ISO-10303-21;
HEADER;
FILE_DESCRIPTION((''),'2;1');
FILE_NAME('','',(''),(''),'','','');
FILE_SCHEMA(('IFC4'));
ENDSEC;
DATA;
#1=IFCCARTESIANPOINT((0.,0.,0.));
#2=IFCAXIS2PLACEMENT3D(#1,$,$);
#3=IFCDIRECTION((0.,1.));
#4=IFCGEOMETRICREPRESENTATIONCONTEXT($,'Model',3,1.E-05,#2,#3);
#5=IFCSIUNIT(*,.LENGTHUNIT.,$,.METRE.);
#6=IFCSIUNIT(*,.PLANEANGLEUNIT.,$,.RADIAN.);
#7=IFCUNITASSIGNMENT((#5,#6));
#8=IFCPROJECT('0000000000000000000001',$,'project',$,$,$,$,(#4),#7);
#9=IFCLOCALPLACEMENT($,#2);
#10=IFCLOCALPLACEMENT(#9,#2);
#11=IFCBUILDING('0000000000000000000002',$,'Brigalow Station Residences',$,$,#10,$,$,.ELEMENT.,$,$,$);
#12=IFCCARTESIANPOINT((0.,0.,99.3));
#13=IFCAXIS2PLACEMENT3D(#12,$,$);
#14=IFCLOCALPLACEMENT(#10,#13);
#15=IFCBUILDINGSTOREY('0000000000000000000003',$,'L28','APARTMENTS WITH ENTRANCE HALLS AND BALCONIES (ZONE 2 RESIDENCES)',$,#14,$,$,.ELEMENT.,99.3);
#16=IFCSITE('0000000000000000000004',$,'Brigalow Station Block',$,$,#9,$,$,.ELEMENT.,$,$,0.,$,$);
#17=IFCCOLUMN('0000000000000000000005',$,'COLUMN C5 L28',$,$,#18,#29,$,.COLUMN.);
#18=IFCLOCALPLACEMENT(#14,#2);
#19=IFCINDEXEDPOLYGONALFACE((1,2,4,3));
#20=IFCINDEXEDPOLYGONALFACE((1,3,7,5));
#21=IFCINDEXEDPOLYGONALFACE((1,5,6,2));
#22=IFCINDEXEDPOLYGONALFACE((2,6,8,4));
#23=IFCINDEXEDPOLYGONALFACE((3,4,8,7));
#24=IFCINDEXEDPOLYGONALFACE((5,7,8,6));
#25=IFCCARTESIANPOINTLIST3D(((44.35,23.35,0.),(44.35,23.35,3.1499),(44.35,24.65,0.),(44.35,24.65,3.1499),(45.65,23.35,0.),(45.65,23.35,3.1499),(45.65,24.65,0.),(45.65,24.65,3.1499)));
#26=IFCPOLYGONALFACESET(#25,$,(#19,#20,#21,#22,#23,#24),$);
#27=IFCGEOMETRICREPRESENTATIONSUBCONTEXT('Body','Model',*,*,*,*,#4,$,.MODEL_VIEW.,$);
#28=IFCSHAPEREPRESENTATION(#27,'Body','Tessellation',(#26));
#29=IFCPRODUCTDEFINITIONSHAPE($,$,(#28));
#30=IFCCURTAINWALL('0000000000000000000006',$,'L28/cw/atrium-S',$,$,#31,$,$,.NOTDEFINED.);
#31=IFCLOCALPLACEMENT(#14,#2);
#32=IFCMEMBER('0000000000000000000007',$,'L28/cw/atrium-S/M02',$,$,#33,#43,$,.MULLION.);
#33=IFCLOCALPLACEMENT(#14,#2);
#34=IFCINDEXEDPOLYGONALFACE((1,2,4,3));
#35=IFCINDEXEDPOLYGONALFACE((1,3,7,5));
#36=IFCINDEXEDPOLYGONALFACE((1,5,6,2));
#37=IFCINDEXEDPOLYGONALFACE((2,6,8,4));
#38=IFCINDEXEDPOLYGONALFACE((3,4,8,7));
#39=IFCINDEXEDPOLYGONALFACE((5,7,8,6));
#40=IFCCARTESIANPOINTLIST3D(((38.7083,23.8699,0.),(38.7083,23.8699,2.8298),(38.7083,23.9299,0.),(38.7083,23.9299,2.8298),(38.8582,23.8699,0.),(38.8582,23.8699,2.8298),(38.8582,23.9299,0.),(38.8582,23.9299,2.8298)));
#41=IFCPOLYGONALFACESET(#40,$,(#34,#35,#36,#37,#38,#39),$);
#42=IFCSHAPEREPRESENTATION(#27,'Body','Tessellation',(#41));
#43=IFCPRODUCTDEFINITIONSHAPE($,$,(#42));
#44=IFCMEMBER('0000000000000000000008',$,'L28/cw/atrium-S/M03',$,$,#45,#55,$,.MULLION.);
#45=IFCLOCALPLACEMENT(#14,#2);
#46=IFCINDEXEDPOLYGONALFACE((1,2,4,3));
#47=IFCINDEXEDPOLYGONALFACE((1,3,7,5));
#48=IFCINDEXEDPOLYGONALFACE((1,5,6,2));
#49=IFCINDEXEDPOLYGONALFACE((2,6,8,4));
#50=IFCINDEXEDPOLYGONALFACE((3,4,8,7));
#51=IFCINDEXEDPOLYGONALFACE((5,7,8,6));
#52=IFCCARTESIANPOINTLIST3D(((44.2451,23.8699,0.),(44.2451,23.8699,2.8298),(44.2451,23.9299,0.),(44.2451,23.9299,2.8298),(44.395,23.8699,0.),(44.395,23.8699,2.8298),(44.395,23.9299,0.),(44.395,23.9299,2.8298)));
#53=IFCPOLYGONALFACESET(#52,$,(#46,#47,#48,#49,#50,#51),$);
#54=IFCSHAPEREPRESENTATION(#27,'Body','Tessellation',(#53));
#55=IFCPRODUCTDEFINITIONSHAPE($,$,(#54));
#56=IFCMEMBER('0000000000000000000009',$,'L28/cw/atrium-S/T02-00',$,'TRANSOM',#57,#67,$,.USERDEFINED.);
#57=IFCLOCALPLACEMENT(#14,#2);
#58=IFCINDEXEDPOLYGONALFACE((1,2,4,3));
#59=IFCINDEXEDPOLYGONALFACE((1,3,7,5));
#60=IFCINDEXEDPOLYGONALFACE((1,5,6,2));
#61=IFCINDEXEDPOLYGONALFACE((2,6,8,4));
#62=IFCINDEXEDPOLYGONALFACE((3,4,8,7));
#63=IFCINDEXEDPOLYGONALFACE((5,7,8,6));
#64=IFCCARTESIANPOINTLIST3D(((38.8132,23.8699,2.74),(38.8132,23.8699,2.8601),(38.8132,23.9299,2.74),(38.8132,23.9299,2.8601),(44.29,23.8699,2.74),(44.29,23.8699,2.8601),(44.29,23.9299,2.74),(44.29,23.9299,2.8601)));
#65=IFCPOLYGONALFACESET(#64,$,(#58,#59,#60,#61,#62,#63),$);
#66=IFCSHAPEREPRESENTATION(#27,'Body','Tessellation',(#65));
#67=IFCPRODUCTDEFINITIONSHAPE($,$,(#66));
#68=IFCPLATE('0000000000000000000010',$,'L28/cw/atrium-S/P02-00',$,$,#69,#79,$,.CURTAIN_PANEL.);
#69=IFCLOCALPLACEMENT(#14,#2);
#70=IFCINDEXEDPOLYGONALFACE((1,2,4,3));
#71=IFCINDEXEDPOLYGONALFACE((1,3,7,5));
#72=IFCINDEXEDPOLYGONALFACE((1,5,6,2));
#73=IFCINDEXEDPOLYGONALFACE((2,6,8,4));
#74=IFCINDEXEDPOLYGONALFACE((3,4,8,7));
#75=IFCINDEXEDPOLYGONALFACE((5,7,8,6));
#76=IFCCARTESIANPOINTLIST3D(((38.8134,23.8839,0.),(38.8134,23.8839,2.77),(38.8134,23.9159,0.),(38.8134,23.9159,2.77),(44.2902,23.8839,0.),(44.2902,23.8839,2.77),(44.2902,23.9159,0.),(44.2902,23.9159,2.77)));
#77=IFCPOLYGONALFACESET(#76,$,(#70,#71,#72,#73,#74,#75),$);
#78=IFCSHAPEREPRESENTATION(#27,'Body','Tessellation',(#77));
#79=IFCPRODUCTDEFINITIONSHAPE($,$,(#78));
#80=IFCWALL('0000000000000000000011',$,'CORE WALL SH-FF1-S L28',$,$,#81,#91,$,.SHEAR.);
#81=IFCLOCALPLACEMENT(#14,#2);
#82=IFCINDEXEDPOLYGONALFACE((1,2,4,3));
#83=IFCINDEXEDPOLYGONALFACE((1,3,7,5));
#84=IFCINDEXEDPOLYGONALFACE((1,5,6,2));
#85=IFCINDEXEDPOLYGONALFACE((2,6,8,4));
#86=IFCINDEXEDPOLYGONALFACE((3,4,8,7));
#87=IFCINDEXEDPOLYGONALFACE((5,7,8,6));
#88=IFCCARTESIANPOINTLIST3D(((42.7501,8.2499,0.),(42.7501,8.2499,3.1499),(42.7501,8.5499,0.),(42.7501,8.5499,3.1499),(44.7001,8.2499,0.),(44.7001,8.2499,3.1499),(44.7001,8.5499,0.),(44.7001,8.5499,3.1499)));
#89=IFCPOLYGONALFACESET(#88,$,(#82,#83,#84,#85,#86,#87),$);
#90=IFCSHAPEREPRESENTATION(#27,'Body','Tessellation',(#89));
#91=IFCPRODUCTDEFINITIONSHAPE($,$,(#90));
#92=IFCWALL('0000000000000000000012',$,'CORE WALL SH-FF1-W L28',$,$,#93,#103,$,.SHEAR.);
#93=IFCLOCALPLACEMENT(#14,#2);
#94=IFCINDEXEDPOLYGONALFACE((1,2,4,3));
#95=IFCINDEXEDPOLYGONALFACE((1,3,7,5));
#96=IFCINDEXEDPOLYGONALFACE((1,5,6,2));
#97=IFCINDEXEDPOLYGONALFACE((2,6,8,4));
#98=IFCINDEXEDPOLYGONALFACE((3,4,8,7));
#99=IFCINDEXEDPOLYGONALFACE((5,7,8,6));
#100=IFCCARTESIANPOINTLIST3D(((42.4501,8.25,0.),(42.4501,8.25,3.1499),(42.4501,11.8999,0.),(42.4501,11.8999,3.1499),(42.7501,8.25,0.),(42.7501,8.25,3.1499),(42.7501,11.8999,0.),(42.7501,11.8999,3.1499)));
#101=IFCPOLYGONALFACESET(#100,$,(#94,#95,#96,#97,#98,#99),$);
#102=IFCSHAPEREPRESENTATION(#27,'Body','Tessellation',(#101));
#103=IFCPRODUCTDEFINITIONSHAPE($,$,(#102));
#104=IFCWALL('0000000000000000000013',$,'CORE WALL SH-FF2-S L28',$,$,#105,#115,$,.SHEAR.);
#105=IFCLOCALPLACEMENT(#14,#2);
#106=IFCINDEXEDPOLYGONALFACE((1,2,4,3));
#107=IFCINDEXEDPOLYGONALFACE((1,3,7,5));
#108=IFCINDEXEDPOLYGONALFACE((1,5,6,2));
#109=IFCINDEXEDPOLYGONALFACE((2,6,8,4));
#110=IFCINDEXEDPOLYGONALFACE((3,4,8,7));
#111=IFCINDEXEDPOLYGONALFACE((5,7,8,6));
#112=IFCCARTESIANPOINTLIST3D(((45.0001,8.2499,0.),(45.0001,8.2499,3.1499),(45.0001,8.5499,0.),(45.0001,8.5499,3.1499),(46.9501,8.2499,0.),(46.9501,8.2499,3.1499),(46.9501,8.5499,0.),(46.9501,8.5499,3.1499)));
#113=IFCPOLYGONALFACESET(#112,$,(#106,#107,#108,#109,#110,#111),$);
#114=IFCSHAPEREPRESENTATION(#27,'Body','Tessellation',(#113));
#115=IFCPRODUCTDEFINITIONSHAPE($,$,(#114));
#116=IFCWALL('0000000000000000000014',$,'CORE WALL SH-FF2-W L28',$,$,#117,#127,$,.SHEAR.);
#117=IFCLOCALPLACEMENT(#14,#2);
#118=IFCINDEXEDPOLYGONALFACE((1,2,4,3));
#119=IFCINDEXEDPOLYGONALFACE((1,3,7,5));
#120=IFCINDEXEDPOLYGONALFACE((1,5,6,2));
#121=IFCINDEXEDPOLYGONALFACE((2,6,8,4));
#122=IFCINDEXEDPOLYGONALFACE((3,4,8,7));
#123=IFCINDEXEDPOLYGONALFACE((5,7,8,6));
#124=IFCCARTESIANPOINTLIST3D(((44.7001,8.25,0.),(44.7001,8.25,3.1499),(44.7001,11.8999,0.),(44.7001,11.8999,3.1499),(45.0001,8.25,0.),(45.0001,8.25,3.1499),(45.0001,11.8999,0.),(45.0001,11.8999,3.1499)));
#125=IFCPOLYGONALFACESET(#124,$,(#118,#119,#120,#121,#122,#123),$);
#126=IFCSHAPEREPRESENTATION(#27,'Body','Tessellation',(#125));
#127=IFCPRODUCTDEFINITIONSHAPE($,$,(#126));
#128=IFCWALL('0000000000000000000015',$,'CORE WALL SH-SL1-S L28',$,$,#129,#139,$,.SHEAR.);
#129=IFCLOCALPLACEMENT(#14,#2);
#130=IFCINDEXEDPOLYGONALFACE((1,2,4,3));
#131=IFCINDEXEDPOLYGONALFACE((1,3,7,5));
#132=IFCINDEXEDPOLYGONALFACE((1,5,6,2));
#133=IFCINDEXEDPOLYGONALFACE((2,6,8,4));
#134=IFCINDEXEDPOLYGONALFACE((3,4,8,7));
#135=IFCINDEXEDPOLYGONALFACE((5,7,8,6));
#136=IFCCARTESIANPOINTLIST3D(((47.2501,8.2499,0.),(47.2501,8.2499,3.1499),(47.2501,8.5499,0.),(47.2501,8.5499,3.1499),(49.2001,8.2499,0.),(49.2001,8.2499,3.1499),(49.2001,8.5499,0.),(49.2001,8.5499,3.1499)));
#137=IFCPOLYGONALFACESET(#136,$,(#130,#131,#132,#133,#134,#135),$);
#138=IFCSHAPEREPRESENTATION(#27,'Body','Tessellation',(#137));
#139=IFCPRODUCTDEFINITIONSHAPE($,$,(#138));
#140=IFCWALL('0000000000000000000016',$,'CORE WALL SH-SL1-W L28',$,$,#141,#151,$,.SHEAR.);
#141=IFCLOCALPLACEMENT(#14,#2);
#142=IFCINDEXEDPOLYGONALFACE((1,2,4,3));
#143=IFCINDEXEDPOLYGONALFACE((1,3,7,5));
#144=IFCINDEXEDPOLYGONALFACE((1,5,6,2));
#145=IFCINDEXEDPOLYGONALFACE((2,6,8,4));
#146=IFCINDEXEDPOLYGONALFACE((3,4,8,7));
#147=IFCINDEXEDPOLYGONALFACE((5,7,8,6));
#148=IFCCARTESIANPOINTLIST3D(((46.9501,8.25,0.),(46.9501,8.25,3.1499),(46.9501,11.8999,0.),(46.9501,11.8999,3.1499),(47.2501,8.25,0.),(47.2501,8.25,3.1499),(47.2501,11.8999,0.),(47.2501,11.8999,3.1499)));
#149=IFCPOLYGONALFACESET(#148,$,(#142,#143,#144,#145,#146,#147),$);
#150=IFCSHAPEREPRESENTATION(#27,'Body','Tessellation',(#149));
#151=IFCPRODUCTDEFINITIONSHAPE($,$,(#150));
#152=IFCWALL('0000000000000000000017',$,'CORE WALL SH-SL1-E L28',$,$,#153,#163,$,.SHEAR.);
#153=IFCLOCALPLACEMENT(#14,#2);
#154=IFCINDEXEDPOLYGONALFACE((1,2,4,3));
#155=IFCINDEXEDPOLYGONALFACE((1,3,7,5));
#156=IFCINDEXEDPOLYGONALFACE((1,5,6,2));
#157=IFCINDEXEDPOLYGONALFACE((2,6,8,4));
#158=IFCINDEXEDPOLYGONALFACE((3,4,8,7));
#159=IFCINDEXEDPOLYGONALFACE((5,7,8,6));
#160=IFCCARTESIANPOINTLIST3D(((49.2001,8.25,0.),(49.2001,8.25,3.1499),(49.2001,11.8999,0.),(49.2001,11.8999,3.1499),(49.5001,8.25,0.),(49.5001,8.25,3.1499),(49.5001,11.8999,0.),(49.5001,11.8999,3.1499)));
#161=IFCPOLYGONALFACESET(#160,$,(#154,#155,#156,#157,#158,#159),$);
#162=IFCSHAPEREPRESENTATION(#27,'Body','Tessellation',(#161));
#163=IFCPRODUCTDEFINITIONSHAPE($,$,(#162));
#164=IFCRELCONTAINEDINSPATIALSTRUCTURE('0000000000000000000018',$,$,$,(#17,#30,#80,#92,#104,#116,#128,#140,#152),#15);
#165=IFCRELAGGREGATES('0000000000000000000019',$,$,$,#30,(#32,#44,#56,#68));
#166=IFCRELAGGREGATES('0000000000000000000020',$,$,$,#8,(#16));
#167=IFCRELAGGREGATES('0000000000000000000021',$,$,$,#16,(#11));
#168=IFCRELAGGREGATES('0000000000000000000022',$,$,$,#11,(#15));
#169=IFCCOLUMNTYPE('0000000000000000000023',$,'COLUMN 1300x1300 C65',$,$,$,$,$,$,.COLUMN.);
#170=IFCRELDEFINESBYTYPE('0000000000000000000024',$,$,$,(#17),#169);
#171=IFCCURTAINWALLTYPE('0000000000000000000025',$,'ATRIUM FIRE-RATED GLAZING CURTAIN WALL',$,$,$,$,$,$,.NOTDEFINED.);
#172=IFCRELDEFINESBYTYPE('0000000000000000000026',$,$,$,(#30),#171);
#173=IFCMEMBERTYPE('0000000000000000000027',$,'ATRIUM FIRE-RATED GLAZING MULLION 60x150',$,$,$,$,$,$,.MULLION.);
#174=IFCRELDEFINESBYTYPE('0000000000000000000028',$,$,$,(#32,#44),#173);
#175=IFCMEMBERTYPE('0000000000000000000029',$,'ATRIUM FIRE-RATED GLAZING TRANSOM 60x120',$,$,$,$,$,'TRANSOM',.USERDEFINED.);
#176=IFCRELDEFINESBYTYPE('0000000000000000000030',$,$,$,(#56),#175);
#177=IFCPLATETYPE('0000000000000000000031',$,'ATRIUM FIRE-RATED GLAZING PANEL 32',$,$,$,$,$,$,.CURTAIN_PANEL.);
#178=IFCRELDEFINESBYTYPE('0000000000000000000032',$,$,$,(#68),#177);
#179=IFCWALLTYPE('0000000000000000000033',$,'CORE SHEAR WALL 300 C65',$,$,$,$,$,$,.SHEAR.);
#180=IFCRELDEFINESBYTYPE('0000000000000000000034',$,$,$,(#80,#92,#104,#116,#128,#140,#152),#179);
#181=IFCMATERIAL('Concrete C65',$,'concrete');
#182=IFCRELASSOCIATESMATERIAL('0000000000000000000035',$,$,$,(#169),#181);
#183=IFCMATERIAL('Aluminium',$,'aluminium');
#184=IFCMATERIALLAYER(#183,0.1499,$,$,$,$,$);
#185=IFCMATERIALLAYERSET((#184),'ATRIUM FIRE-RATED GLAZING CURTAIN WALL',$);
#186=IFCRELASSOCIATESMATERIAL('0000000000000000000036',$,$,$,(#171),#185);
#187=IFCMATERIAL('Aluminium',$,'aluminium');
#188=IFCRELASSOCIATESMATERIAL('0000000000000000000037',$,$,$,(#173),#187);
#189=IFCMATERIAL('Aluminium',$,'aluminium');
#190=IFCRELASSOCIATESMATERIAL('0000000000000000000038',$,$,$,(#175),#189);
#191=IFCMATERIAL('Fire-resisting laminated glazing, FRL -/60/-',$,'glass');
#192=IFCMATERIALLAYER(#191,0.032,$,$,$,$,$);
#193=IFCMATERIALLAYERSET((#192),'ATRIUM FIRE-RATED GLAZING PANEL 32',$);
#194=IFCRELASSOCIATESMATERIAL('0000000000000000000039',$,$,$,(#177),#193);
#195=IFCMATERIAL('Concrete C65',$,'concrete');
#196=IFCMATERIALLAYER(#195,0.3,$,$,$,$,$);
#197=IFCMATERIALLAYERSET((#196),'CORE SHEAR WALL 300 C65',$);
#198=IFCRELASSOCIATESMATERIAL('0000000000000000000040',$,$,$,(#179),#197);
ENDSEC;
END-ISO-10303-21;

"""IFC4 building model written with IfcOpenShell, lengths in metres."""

from ifc_helpers import new_model, si_unit, direction, frame, frame_2d, origin, origin_2d, place, context, subcontext, project, spatial, rectangle, extrude, material, layer, layer_set, material_profile, profile_set, type_object, element, aggregate, save


model = new_model("IFC4")

# Units and contexts
model_context = context("Model", 3, precision=1e-05, world=origin(), true_north=direction((0.0, 1.0)))
body_context = subcontext(model_context, "Body", "Model", "MODEL_VIEW")
ifc_project = project(units=[si_unit("LENGTHUNIT", "METRE"), si_unit("PLANEANGLEUNIT", "RADIAN")], contexts=[model_context])

# Site, building, storey
site_placement = place(None, origin())
site = spatial("IfcSite", under=ifc_project, at=site_placement, Name="Brigalow Station Block", CompositionType="ELEMENT", RefElevation=0.0)
building_placement = place(site_placement, origin())
building = spatial("IfcBuilding", under=site, at=building_placement, Name="Brigalow Station Residences", CompositionType="ELEMENT")
storey_placement = place(building_placement, frame((0.0, 0.0, 99.3)))
storey = spatial("IfcBuildingStorey", under=building, at=storey_placement, Name="L28", Description="APARTMENTS WITH ENTRANCE HALLS AND BALCONIES (ZONE 2 RESIDENCES)", CompositionType="ELEMENT", Elevation=99.3)

# Column
ifc_material_1 = material(Name="Concrete C65", Category="concrete")
ifc_material_profile_1 = material_profile(ifc_material_1, rectangle(XDim=1.3, YDim=1.3, at=origin_2d()), Name="RC1300x1300")
ifc_profile_set_1 = profile_set([ifc_material_profile_1], Name="Concrete C65")
column_type = type_object("IfcColumnType", Name="COLUMN 1300x1300 C65", PredefinedType="COLUMN", material=ifc_profile_set_1)
column_placement = place(storey_placement, frame((45.0, 24.0, 0.0), z_axis=(0.0, 0.0, 1.0), x_axis=(1.0, 0.0, 0.0)))
element("IfcColumn", 1, at=column_placement, inside=storey, type_object=column_type, Name="COLUMN C5 L28", PredefinedType="COLUMN", context=body_context, shape_type="SweptSolid", body=[
    extrude(rectangle(XDim=1.3, YDim=1.3, at=origin_2d()), origin(), (0.0, 0.0, 1.0), 3.1499),
])

# Curtain wall, members, plate
ifc_material_2 = material(Name="Aluminium", Category="aluminium")
ifc_layer_1 = layer(ifc_material_2, 0.1499)
ifc_layer_set_1 = layer_set([ifc_layer_1], Name="ATRIUM FIRE-RATED GLAZING CURTAIN WALL")
curtain_wall_type = type_object("IfcCurtainWallType", Name="ATRIUM FIRE-RATED GLAZING CURTAIN WALL", PredefinedType="NOTDEFINED", material=ifc_layer_set_1)
curtain_wall_placement = place(storey_placement, origin())
curtain_wall = element("IfcCurtainWall", 2, at=curtain_wall_placement, inside=storey, type_object=curtain_wall_type, Name="L28/cw/atrium-S", PredefinedType="NOTDEFINED")
ifc_material_3 = material(Name="Aluminium", Category="aluminium")
ifc_material_profile_2 = material_profile(ifc_material_3, rectangle(XDim=0.0601, YDim=0.1499, at=origin_2d()), Name="ATRIUM FIRE-RATED GLAZING MULLION 60x150")
ifc_profile_set_2 = profile_set([ifc_material_profile_2], Name="Aluminium")
member_type_1 = type_object("IfcMemberType", Name="ATRIUM FIRE-RATED GLAZING MULLION 60x150", PredefinedType="MULLION", material=ifc_profile_set_2)
member_1_placement = place(storey_placement, frame((38.7832, 23.8999, 0.0), z_axis=(0.0, 0.0, 1.0), x_axis=(0.0, 1.0, 0.0)))
member_1 = element("IfcMember", 3, at=member_1_placement, type_object=member_type_1, Name="L28/cw/atrium-S/M02", PredefinedType="MULLION", context=body_context, shape_type="SweptSolid", body=[
    extrude(rectangle(XDim=0.0601, YDim=0.1499, at=origin_2d()), origin(), (0.0, 0.0, 1.0), 2.8298),
])
member_2_placement = place(storey_placement, frame((44.3201, 23.8999, 0.0), z_axis=(0.0, 0.0, 1.0), x_axis=(0.0, 1.0, 0.0)))
member_2 = element("IfcMember", 4, at=member_2_placement, type_object=member_type_1, Name="L28/cw/atrium-S/M03", PredefinedType="MULLION", context=body_context, shape_type="SweptSolid", body=[
    extrude(rectangle(XDim=0.0601, YDim=0.1499, at=origin_2d()), origin(), (0.0, 0.0, 1.0), 2.8298),
])
ifc_material_4 = material(Name="Aluminium", Category="aluminium")
ifc_material_profile_3 = material_profile(ifc_material_4, rectangle(XDim=0.0601, YDim=0.1201, at=origin_2d()), Name="ATRIUM FIRE-RATED GLAZING TRANSOM 60x120")
ifc_profile_set_3 = profile_set([ifc_material_profile_3], Name="Aluminium")
member_type_2 = type_object("IfcMemberType", Name="ATRIUM FIRE-RATED GLAZING TRANSOM 60x120", ElementType="TRANSOM", PredefinedType="USERDEFINED", material=ifc_profile_set_3)
member_3_placement = place(storey_placement, frame((38.8132, 23.8999, 2.8), z_axis=(1.0, 0.0, 0.0), x_axis=(0.0, 1.0, 0.0)))
member_3 = element("IfcMember", 5, at=member_3_placement, type_object=member_type_2, Name="L28/cw/atrium-S/T02-00", ObjectType="TRANSOM", PredefinedType="USERDEFINED", context=body_context, shape_type="SweptSolid", body=[
    extrude(rectangle(XDim=0.0601, YDim=0.1201, at=origin_2d()), origin(), (0.0, 0.0, 1.0), 5.4768),
])
ifc_material_5 = material(Name="Fire-resisting laminated glazing, FRL -/60/-", Category="glass")
ifc_layer_2 = layer(ifc_material_5, 0.032)
ifc_layer_set_2 = layer_set([ifc_layer_2], Name="ATRIUM FIRE-RATED GLAZING PANEL 32")
plate_type = type_object("IfcPlateType", Name="ATRIUM FIRE-RATED GLAZING PANEL 32", PredefinedType="CURTAIN_PANEL", material=ifc_layer_set_2)
plate_placement = place(storey_placement, frame((41.5518, 23.8999, 0.0), z_axis=(0.0, 0.0, 1.0), x_axis=(1.0, 0.0, 0.0)))
plate = element("IfcPlate", 6, at=plate_placement, type_object=plate_type, Name="L28/cw/atrium-S/P02-00", PredefinedType="CURTAIN_PANEL", context=body_context, shape_type="SweptSolid", body=[
    extrude(rectangle(XDim=5.4768, YDim=0.032, at=origin_2d()), origin(), (0.0, 0.0, 1.0), 2.77),
])
aggregate(curtain_wall, [member_1, member_2, member_3, plate])

# Walls
ifc_material_6 = material(Name="Concrete C65", Category="concrete")
ifc_layer_3 = layer(ifc_material_6, 0.3)
ifc_layer_set_3 = layer_set([ifc_layer_3], Name="CORE SHEAR WALL 300 C65")
wall_type_1 = type_object("IfcWallType", Name="CORE SHEAR WALL 300 C65", PredefinedType="SHEAR", material=ifc_layer_set_3)
wall_1_placement = place(storey_placement, frame((42.75, 8.3999, 0.0), z_axis=(0.0, 0.0, 1.0), x_axis=(1.0, 0.0, 0.0)))
element("IfcWall", 7, at=wall_1_placement, inside=storey, type_object=wall_type_1, Name="CORE WALL SH-FF1-S L28", PredefinedType="SHEAR", context=body_context, shape_type="SweptSolid", body=[
    extrude(rectangle(XDim=1.95, YDim=0.3, at=frame_2d((0.9751, 0.0))), origin(), (0.0, 0.0, 1.0), 3.1499),
])
wall_2_placement = place(storey_placement, frame((42.6001, 8.25, 0.0), z_axis=(0.0, 0.0, 1.0), x_axis=(0.0, 1.0, 0.0)))
element("IfcWall", 8, at=wall_2_placement, inside=storey, type_object=wall_type_1, Name="CORE WALL SH-FF1-W L28", PredefinedType="SHEAR", context=body_context, shape_type="SweptSolid", body=[
    extrude(rectangle(XDim=3.6499, YDim=0.3, at=frame_2d((1.825, 0.0))), origin(), (0.0, 0.0, 1.0), 3.1499),
])
wall_3_placement = place(storey_placement, frame((45.0, 8.3999, 0.0), z_axis=(0.0, 0.0, 1.0), x_axis=(1.0, 0.0, 0.0)))
element("IfcWall", 9, at=wall_3_placement, inside=storey, type_object=wall_type_1, Name="CORE WALL SH-FF2-S L28", PredefinedType="SHEAR", context=body_context, shape_type="SweptSolid", body=[
    extrude(rectangle(XDim=1.95, YDim=0.3, at=frame_2d((0.9751, 0.0))), origin(), (0.0, 0.0, 1.0), 3.1499),
])
wall_4_placement = place(storey_placement, frame((44.8501, 8.25, 0.0), z_axis=(0.0, 0.0, 1.0), x_axis=(0.0, 1.0, 0.0)))
element("IfcWall", 10, at=wall_4_placement, inside=storey, type_object=wall_type_1, Name="CORE WALL SH-FF2-W L28", PredefinedType="SHEAR", context=body_context, shape_type="SweptSolid", body=[
    extrude(rectangle(XDim=3.6499, YDim=0.3, at=frame_2d((1.825, 0.0))), origin(), (0.0, 0.0, 1.0), 3.1499),
])
wall_5_placement = place(storey_placement, frame((47.25, 8.3999, 0.0), z_axis=(0.0, 0.0, 1.0), x_axis=(1.0, 0.0, 0.0)))
element("IfcWall", 11, at=wall_5_placement, inside=storey, type_object=wall_type_1, Name="CORE WALL SH-SL1-S L28", PredefinedType="SHEAR", context=body_context, shape_type="SweptSolid", body=[
    extrude(rectangle(XDim=1.95, YDim=0.3, at=frame_2d((0.9751, 0.0))), origin(), (0.0, 0.0, 1.0), 3.1499),
])
for number, where, z_axis, x_axis, name in (
    (12, (47.1001, 8.25, 0.0), (0.0, 0.0, 1.0), (0.0, 1.0, 0.0), "CORE WALL SH-SL1-W L28"),
    (13, (49.3501, 8.25, 0.0), (0.0, 0.0, 1.0), (0.0, 1.0, 0.0), "CORE WALL SH-SL1-E L28"),
):
    element("IfcWall", number, at=place(storey_placement, frame(where, z_axis=z_axis, x_axis=x_axis)), inside=storey, type_object=wall_type_1, Name=name, PredefinedType="SHEAR", context=body_context, shape_type="SweptSolid", body=[
        extrude(rectangle(XDim=3.6499, YDim=0.3, at=frame_2d((1.825, 0.0))), origin(), (0.0, 0.0, 1.0), 3.1499),
    ])

save(model, "model.ifc")
